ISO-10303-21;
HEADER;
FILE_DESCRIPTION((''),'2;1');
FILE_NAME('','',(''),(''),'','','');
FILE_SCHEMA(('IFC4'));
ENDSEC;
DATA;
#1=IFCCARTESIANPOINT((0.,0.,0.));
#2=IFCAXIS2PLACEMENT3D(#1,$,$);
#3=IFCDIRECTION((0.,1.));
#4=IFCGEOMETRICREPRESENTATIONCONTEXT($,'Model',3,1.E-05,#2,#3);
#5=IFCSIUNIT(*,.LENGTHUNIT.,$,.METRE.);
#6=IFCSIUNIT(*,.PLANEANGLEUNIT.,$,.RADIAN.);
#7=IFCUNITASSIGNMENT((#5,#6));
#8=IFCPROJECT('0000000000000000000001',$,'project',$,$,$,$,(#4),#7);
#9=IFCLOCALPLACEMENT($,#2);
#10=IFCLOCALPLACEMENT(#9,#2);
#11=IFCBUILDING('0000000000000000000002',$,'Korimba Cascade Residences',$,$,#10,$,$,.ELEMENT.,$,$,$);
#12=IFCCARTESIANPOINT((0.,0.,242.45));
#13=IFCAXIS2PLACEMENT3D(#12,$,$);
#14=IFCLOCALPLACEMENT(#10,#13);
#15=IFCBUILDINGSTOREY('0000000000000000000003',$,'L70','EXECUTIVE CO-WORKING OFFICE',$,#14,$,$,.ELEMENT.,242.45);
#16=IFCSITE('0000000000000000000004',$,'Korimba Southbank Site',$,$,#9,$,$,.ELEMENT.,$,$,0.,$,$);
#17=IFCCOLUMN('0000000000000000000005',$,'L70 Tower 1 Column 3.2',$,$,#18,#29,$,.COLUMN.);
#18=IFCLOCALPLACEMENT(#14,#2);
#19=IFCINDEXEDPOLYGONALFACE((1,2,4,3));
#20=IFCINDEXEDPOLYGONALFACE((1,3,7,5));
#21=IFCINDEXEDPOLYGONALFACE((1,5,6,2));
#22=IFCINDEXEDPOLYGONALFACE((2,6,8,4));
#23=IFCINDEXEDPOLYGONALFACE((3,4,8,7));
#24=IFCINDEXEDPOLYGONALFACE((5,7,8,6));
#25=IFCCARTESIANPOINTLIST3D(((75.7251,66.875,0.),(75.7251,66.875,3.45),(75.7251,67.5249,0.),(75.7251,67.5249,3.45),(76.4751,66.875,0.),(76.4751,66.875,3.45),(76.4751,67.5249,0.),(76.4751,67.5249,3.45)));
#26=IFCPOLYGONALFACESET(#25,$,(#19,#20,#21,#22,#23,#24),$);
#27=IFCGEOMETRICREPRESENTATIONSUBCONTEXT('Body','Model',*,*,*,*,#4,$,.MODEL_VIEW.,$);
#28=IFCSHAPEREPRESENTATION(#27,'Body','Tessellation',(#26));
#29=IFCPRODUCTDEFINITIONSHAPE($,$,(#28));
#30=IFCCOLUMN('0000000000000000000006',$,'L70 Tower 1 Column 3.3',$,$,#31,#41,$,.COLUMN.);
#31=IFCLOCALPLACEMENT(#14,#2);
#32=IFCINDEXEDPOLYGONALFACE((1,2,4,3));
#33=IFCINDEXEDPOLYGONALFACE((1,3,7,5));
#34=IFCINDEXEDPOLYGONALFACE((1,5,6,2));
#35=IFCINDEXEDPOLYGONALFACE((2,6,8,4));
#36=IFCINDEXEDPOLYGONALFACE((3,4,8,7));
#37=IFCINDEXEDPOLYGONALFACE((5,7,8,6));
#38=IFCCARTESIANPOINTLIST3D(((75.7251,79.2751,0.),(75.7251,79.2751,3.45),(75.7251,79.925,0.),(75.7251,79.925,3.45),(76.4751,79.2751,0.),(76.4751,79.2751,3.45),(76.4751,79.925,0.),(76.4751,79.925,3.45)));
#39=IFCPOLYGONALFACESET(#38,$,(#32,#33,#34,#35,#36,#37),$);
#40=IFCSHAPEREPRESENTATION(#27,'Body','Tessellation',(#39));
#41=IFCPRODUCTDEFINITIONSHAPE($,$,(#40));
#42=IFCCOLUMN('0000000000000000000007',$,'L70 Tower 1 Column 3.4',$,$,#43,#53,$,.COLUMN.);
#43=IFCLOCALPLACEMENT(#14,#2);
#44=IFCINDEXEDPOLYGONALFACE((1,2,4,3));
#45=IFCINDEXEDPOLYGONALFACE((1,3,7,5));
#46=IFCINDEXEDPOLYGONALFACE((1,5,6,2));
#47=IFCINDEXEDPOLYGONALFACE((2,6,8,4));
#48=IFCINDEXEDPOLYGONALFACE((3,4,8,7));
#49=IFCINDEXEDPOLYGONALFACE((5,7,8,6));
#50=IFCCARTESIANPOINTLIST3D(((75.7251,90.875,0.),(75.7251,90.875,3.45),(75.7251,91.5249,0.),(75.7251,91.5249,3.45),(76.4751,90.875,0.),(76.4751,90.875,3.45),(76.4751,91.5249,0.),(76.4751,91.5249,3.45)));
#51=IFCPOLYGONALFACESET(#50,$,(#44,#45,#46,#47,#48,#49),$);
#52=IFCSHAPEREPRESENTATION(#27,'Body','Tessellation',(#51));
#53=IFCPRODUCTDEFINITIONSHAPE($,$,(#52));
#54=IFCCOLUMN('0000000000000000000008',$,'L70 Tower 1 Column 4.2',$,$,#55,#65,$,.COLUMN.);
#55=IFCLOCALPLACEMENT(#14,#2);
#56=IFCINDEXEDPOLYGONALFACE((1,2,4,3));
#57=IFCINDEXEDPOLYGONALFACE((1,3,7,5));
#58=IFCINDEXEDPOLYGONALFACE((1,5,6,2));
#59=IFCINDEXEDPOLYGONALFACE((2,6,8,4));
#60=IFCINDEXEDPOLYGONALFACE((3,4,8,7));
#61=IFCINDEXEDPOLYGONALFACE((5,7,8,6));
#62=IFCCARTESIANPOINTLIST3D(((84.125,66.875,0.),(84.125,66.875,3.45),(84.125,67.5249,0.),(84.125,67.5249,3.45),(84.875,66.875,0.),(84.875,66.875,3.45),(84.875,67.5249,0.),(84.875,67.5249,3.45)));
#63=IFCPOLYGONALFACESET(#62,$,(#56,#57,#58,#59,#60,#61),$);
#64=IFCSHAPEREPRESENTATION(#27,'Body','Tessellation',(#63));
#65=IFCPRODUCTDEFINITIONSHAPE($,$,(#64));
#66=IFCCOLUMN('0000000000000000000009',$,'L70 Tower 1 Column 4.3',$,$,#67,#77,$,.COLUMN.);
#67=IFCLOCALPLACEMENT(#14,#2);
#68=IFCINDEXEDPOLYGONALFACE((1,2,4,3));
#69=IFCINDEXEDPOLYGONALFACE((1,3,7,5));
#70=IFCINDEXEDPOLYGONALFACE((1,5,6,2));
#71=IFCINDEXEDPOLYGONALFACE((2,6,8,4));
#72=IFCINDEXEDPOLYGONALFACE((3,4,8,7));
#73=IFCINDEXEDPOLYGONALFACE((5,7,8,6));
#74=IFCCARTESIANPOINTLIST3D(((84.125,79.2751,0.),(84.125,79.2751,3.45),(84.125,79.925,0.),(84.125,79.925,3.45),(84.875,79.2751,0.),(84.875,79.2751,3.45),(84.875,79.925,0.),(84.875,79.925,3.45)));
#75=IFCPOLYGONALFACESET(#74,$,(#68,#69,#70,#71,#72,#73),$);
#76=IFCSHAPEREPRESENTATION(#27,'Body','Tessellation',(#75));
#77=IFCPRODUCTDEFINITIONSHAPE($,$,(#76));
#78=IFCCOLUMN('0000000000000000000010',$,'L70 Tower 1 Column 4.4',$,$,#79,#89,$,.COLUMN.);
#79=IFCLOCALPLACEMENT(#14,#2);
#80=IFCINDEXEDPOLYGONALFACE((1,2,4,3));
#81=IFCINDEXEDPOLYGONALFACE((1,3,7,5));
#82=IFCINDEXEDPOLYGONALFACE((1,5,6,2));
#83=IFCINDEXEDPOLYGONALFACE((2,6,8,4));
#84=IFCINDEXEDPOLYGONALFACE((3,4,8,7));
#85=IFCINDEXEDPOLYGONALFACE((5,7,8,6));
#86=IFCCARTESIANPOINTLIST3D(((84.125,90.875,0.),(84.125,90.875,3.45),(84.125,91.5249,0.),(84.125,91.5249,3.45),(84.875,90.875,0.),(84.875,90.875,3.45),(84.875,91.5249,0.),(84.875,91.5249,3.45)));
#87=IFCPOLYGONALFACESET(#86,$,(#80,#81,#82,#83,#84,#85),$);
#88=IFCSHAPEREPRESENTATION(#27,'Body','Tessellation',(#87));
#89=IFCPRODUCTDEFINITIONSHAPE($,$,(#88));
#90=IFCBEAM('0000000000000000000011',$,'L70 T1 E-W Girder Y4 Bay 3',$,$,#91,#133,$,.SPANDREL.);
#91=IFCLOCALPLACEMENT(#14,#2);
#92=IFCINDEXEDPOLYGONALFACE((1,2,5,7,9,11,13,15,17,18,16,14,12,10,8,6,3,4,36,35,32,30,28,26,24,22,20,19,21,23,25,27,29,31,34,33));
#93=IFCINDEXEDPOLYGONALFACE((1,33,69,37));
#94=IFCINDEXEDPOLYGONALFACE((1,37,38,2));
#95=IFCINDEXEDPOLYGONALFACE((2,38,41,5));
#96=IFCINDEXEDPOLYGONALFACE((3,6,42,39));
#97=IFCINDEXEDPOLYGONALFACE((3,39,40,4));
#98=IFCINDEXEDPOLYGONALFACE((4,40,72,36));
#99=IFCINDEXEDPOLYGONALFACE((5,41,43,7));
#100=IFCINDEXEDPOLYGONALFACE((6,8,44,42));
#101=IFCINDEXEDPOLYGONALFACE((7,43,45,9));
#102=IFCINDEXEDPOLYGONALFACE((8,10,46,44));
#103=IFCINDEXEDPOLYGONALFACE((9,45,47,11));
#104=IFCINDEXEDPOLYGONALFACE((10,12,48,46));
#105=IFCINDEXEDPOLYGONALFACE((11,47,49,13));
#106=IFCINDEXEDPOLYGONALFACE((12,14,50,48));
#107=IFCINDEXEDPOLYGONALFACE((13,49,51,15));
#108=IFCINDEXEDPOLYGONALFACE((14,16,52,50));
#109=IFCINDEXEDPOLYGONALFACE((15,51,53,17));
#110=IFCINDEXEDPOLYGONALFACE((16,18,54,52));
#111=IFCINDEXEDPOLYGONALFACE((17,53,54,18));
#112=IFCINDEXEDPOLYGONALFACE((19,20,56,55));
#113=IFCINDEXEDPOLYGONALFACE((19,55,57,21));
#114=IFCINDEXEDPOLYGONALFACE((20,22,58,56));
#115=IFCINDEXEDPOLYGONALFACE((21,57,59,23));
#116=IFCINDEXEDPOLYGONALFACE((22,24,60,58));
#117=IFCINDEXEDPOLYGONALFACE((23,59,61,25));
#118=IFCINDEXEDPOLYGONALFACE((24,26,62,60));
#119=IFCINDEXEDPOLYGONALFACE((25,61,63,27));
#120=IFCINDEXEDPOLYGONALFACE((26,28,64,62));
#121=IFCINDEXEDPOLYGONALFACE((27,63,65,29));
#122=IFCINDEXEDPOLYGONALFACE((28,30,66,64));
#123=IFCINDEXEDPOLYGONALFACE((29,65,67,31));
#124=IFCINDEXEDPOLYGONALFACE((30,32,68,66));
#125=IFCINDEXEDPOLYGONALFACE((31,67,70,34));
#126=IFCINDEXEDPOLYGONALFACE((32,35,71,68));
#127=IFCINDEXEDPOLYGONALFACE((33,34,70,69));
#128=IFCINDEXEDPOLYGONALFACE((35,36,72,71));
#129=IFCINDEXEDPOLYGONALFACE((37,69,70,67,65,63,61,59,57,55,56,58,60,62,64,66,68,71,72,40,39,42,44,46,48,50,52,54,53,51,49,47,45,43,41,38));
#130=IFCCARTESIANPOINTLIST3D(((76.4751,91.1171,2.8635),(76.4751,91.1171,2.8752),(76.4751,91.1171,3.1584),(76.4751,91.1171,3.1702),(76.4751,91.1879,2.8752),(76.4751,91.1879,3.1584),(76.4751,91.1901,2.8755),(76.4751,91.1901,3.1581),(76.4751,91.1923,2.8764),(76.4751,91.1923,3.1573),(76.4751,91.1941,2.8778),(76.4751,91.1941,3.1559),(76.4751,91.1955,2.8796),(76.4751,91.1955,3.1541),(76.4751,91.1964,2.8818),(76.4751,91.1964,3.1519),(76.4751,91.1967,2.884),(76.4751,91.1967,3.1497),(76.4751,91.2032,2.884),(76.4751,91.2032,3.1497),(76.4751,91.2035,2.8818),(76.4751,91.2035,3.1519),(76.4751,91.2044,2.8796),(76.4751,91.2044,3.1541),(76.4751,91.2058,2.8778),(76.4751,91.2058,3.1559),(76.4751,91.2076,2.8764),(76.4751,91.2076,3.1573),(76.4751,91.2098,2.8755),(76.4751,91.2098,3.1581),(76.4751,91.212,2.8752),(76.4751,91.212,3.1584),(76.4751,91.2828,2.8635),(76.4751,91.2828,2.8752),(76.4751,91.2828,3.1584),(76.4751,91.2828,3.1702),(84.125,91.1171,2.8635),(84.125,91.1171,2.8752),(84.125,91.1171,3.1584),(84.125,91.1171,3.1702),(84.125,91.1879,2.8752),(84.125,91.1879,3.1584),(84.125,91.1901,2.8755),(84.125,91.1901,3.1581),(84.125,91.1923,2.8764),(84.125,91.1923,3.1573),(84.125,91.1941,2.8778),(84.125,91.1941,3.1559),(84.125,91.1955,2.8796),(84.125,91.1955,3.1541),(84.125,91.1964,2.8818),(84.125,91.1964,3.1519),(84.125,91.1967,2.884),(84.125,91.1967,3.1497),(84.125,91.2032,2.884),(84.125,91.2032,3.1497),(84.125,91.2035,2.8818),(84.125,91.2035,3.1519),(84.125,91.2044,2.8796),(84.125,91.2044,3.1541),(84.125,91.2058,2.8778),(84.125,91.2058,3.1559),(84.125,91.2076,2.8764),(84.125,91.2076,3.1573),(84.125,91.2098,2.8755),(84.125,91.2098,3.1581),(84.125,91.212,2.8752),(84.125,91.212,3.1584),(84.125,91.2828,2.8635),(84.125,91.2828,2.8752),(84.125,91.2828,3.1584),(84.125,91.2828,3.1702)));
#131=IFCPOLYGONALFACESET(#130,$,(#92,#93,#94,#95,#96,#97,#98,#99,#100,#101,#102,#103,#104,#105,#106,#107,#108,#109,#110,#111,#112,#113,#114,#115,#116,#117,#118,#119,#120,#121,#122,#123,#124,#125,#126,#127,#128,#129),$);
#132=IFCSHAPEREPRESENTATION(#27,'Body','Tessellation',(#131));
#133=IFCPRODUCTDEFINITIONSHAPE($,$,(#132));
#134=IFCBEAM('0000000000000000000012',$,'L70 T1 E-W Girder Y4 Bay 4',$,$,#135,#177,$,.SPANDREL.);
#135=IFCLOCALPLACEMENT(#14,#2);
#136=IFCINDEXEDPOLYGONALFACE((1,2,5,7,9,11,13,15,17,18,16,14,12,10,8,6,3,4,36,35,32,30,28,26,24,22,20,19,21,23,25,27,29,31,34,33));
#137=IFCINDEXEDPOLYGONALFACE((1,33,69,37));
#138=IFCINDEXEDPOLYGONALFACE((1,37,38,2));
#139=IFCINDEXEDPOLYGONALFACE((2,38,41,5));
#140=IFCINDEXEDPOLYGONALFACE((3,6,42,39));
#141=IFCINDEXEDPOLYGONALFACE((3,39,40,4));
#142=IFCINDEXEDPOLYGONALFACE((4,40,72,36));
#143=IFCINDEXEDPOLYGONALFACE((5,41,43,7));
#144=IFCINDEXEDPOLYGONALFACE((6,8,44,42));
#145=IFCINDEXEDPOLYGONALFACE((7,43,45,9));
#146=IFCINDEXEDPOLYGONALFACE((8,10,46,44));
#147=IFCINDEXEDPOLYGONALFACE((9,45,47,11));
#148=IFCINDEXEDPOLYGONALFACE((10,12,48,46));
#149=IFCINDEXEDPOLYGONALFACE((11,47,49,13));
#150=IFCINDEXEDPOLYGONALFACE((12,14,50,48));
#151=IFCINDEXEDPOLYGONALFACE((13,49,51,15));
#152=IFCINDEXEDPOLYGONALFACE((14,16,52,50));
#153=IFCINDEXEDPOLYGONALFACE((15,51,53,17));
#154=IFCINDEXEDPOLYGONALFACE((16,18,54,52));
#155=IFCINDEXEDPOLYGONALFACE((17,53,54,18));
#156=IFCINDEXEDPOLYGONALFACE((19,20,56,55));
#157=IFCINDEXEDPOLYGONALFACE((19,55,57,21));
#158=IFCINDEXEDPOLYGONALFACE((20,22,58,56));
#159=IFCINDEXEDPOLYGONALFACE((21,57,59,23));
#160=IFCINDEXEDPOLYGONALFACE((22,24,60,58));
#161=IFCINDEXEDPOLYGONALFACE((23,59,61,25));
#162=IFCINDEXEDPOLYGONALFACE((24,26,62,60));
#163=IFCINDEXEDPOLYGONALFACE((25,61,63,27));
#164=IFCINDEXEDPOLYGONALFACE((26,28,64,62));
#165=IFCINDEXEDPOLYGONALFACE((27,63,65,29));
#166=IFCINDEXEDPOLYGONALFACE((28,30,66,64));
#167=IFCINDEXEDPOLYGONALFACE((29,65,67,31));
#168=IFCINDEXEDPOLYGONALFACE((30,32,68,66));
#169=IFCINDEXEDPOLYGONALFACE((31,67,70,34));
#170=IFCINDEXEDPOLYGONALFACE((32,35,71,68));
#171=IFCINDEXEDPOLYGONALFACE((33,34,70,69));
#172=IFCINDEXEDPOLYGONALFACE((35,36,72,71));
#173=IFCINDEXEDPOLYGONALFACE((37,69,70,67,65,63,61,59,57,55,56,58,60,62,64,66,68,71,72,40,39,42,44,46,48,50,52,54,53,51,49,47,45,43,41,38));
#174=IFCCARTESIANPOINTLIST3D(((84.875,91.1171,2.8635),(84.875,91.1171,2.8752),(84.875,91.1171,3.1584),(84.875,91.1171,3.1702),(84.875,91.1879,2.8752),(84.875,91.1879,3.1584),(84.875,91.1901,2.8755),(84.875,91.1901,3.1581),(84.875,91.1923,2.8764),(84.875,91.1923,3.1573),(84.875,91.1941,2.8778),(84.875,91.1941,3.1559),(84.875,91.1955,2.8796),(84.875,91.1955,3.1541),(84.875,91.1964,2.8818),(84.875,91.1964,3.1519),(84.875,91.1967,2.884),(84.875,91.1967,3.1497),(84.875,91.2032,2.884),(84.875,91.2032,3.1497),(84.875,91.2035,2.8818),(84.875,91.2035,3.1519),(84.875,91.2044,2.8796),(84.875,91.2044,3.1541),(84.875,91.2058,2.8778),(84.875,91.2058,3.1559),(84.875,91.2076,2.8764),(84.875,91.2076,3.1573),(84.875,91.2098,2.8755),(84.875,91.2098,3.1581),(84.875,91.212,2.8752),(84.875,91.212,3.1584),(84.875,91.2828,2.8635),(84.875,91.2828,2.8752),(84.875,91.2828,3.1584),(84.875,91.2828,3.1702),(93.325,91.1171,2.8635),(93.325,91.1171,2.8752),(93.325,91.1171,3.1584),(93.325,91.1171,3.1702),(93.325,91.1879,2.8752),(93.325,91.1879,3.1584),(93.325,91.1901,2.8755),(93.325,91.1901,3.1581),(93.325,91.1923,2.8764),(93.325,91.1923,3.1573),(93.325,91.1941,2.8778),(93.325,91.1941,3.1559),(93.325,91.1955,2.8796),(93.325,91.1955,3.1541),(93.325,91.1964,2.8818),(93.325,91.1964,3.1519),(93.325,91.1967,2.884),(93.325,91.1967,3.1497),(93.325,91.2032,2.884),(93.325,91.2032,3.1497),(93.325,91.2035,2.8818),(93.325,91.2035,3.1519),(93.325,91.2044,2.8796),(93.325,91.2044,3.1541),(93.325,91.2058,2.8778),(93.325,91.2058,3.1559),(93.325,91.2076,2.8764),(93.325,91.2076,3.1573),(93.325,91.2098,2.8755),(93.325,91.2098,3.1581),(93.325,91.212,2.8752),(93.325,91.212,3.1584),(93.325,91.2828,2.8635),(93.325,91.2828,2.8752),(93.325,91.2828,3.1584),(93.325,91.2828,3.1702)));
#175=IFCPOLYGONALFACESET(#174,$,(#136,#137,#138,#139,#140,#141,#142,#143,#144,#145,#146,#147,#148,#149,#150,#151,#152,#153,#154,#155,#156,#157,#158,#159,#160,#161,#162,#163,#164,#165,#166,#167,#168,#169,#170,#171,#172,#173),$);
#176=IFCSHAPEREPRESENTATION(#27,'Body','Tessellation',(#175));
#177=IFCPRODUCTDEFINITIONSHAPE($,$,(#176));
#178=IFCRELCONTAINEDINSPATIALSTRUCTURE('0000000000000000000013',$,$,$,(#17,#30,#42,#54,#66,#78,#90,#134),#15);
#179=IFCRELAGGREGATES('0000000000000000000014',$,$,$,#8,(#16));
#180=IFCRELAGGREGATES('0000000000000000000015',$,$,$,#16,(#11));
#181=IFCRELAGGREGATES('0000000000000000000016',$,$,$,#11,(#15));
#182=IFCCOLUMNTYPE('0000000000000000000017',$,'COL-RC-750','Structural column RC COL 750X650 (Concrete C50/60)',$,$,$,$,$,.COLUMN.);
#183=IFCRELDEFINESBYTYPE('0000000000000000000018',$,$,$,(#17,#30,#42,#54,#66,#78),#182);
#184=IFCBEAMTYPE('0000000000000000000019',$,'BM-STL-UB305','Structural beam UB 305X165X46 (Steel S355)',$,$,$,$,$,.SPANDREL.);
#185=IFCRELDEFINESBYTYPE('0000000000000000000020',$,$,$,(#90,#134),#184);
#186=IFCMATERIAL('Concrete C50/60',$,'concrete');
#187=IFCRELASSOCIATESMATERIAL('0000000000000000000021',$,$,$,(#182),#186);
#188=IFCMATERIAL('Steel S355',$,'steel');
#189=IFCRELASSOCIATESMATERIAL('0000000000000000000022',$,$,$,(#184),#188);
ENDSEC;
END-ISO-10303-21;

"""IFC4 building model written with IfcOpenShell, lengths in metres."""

from ifc_helpers import new_model, si_unit, direction, frame, origin, origin_2d, place, context, subcontext, project, spatial, rectangle, i_section, extrude, material, material_profile, profile_set, type_object, element, save


model = new_model("IFC4")

# Units and contexts
model_context = context("Model", 3, precision=1e-05, world=origin(), true_north=direction((0.0, 1.0)))
body_context = subcontext(model_context, "Body", "Model", "MODEL_VIEW")
ifc_project = project(units=[si_unit("LENGTHUNIT", "METRE"), si_unit("PLANEANGLEUNIT", "RADIAN")], contexts=[model_context])

# Site, building, storey
site_placement = place(None, origin())
site = spatial("IfcSite", under=ifc_project, at=site_placement, Name="Korimba Southbank Site", CompositionType="ELEMENT", RefElevation=0.0)
building_placement = place(site_placement, origin())
building = spatial("IfcBuilding", under=site, at=building_placement, Name="Korimba Cascade Residences", CompositionType="ELEMENT")
storey_placement = place(building_placement, frame((0.0, 0.0, 242.45)))
storey = spatial("IfcBuildingStorey", under=building, at=storey_placement, Name="L70", Description="EXECUTIVE CO-WORKING OFFICE", CompositionType="ELEMENT", Elevation=242.45)

# Columns
ifc_material_1 = material(Name="Concrete C50/60", Category="concrete")
ifc_material_profile_1 = material_profile(ifc_material_1, rectangle(XDim=0.75, YDim=0.6499, at=origin_2d()), Name="Concrete C50/60")
ifc_profile_set_1 = profile_set([ifc_material_profile_1], Name="Concrete C50/60")
column_type = type_object("IfcColumnType", Name="COL-RC-750", Description="Structural column RC COL 750X650 (Concrete C50/60)", PredefinedType="COLUMN", material=ifc_profile_set_1)
for number, where, z_axis, x_axis, name in (
    (1, (76.1001, 67.2, 0.0), (0.0, 0.0, 1.0), (1.0, 0.0, 0.0), "L70 Tower 1 Column 3.2"),
    (2, (76.1001, 79.6001, 0.0), (0.0, 0.0, 1.0), (1.0, 0.0, 0.0), "L70 Tower 1 Column 3.3"),
    (3, (76.1001, 91.2, 0.0), (0.0, 0.0, 1.0), (1.0, 0.0, 0.0), "L70 Tower 1 Column 3.4"),
    (4, (84.5, 67.2, 0.0), (0.0, 0.0, 1.0), (1.0, 0.0, 0.0), "L70 Tower 1 Column 4.2"),
    (5, (84.5, 79.6001, 0.0), (0.0, 0.0, 1.0), (1.0, 0.0, 0.0), "L70 Tower 1 Column 4.3"),
    (6, (84.5, 91.2, 0.0), (0.0, 0.0, 1.0), (1.0, 0.0, 0.0), "L70 Tower 1 Column 4.4"),
):
    element("IfcColumn", number, at=place(storey_placement, frame(where, z_axis=z_axis, x_axis=x_axis)), inside=storey, type_object=column_type, Name=name, PredefinedType="COLUMN", context=body_context, shape_type="SweptSolid", body=[
        extrude(rectangle(XDim=0.75, YDim=0.6499, at=origin_2d()), origin(), (0.0, 0.0, 1.0), 3.45),
    ])

# Beams
ifc_material_2 = material(Name="Steel S355", Category="steel")
ifc_material_profile_2 = material_profile(ifc_material_2, i_section(OverallWidth=0.1658, OverallDepth=0.3066, WebThickness=0.0066, FlangeThickness=0.0117, FilletRadius=0.0088, at=origin_2d()), Name="Steel S355")
ifc_profile_set_2 = profile_set([ifc_material_profile_2], Name="Steel S355")
beam_type_1 = type_object("IfcBeamType", Name="BM-STL-UB305", Description="Structural beam UB 305X165X46 (Steel S355)", PredefinedType="SPANDREL", material=ifc_profile_set_2)
beam_1_placement = place(storey_placement, frame((76.4751, 91.2, 3.0168), z_axis=(1.0, 0.0, 0.0), x_axis=(0.0, 1.0, 0.0)))
element("IfcBeam", 7, at=beam_1_placement, inside=storey, type_object=beam_type_1, Name="L70 T1 E-W Girder Y4 Bay 3", PredefinedType="SPANDREL", context=body_context, shape_type="SweptSolid", body=[
    extrude(i_section(OverallWidth=0.1658, OverallDepth=0.3066, WebThickness=0.0066, FlangeThickness=0.0117, FilletRadius=0.0088, at=origin_2d()), origin(), (0.0, 0.0, 1.0), 7.6499),
])
beam_2_placement = place(storey_placement, frame((84.875, 91.2, 3.0168), z_axis=(1.0, 0.0, 0.0), x_axis=(0.0, 1.0, 0.0)))
element("IfcBeam", 8, at=beam_2_placement, inside=storey, type_object=beam_type_1, Name="L70 T1 E-W Girder Y4 Bay 4", PredefinedType="SPANDREL", context=body_context, shape_type="SweptSolid", body=[
    extrude(i_section(OverallWidth=0.1658, OverallDepth=0.3066, WebThickness=0.0066, FlangeThickness=0.0117, FilletRadius=0.0088, at=origin_2d()), origin(), (0.0, 0.0, 1.0), 8.45),
])

save(model, "model.ifc")
